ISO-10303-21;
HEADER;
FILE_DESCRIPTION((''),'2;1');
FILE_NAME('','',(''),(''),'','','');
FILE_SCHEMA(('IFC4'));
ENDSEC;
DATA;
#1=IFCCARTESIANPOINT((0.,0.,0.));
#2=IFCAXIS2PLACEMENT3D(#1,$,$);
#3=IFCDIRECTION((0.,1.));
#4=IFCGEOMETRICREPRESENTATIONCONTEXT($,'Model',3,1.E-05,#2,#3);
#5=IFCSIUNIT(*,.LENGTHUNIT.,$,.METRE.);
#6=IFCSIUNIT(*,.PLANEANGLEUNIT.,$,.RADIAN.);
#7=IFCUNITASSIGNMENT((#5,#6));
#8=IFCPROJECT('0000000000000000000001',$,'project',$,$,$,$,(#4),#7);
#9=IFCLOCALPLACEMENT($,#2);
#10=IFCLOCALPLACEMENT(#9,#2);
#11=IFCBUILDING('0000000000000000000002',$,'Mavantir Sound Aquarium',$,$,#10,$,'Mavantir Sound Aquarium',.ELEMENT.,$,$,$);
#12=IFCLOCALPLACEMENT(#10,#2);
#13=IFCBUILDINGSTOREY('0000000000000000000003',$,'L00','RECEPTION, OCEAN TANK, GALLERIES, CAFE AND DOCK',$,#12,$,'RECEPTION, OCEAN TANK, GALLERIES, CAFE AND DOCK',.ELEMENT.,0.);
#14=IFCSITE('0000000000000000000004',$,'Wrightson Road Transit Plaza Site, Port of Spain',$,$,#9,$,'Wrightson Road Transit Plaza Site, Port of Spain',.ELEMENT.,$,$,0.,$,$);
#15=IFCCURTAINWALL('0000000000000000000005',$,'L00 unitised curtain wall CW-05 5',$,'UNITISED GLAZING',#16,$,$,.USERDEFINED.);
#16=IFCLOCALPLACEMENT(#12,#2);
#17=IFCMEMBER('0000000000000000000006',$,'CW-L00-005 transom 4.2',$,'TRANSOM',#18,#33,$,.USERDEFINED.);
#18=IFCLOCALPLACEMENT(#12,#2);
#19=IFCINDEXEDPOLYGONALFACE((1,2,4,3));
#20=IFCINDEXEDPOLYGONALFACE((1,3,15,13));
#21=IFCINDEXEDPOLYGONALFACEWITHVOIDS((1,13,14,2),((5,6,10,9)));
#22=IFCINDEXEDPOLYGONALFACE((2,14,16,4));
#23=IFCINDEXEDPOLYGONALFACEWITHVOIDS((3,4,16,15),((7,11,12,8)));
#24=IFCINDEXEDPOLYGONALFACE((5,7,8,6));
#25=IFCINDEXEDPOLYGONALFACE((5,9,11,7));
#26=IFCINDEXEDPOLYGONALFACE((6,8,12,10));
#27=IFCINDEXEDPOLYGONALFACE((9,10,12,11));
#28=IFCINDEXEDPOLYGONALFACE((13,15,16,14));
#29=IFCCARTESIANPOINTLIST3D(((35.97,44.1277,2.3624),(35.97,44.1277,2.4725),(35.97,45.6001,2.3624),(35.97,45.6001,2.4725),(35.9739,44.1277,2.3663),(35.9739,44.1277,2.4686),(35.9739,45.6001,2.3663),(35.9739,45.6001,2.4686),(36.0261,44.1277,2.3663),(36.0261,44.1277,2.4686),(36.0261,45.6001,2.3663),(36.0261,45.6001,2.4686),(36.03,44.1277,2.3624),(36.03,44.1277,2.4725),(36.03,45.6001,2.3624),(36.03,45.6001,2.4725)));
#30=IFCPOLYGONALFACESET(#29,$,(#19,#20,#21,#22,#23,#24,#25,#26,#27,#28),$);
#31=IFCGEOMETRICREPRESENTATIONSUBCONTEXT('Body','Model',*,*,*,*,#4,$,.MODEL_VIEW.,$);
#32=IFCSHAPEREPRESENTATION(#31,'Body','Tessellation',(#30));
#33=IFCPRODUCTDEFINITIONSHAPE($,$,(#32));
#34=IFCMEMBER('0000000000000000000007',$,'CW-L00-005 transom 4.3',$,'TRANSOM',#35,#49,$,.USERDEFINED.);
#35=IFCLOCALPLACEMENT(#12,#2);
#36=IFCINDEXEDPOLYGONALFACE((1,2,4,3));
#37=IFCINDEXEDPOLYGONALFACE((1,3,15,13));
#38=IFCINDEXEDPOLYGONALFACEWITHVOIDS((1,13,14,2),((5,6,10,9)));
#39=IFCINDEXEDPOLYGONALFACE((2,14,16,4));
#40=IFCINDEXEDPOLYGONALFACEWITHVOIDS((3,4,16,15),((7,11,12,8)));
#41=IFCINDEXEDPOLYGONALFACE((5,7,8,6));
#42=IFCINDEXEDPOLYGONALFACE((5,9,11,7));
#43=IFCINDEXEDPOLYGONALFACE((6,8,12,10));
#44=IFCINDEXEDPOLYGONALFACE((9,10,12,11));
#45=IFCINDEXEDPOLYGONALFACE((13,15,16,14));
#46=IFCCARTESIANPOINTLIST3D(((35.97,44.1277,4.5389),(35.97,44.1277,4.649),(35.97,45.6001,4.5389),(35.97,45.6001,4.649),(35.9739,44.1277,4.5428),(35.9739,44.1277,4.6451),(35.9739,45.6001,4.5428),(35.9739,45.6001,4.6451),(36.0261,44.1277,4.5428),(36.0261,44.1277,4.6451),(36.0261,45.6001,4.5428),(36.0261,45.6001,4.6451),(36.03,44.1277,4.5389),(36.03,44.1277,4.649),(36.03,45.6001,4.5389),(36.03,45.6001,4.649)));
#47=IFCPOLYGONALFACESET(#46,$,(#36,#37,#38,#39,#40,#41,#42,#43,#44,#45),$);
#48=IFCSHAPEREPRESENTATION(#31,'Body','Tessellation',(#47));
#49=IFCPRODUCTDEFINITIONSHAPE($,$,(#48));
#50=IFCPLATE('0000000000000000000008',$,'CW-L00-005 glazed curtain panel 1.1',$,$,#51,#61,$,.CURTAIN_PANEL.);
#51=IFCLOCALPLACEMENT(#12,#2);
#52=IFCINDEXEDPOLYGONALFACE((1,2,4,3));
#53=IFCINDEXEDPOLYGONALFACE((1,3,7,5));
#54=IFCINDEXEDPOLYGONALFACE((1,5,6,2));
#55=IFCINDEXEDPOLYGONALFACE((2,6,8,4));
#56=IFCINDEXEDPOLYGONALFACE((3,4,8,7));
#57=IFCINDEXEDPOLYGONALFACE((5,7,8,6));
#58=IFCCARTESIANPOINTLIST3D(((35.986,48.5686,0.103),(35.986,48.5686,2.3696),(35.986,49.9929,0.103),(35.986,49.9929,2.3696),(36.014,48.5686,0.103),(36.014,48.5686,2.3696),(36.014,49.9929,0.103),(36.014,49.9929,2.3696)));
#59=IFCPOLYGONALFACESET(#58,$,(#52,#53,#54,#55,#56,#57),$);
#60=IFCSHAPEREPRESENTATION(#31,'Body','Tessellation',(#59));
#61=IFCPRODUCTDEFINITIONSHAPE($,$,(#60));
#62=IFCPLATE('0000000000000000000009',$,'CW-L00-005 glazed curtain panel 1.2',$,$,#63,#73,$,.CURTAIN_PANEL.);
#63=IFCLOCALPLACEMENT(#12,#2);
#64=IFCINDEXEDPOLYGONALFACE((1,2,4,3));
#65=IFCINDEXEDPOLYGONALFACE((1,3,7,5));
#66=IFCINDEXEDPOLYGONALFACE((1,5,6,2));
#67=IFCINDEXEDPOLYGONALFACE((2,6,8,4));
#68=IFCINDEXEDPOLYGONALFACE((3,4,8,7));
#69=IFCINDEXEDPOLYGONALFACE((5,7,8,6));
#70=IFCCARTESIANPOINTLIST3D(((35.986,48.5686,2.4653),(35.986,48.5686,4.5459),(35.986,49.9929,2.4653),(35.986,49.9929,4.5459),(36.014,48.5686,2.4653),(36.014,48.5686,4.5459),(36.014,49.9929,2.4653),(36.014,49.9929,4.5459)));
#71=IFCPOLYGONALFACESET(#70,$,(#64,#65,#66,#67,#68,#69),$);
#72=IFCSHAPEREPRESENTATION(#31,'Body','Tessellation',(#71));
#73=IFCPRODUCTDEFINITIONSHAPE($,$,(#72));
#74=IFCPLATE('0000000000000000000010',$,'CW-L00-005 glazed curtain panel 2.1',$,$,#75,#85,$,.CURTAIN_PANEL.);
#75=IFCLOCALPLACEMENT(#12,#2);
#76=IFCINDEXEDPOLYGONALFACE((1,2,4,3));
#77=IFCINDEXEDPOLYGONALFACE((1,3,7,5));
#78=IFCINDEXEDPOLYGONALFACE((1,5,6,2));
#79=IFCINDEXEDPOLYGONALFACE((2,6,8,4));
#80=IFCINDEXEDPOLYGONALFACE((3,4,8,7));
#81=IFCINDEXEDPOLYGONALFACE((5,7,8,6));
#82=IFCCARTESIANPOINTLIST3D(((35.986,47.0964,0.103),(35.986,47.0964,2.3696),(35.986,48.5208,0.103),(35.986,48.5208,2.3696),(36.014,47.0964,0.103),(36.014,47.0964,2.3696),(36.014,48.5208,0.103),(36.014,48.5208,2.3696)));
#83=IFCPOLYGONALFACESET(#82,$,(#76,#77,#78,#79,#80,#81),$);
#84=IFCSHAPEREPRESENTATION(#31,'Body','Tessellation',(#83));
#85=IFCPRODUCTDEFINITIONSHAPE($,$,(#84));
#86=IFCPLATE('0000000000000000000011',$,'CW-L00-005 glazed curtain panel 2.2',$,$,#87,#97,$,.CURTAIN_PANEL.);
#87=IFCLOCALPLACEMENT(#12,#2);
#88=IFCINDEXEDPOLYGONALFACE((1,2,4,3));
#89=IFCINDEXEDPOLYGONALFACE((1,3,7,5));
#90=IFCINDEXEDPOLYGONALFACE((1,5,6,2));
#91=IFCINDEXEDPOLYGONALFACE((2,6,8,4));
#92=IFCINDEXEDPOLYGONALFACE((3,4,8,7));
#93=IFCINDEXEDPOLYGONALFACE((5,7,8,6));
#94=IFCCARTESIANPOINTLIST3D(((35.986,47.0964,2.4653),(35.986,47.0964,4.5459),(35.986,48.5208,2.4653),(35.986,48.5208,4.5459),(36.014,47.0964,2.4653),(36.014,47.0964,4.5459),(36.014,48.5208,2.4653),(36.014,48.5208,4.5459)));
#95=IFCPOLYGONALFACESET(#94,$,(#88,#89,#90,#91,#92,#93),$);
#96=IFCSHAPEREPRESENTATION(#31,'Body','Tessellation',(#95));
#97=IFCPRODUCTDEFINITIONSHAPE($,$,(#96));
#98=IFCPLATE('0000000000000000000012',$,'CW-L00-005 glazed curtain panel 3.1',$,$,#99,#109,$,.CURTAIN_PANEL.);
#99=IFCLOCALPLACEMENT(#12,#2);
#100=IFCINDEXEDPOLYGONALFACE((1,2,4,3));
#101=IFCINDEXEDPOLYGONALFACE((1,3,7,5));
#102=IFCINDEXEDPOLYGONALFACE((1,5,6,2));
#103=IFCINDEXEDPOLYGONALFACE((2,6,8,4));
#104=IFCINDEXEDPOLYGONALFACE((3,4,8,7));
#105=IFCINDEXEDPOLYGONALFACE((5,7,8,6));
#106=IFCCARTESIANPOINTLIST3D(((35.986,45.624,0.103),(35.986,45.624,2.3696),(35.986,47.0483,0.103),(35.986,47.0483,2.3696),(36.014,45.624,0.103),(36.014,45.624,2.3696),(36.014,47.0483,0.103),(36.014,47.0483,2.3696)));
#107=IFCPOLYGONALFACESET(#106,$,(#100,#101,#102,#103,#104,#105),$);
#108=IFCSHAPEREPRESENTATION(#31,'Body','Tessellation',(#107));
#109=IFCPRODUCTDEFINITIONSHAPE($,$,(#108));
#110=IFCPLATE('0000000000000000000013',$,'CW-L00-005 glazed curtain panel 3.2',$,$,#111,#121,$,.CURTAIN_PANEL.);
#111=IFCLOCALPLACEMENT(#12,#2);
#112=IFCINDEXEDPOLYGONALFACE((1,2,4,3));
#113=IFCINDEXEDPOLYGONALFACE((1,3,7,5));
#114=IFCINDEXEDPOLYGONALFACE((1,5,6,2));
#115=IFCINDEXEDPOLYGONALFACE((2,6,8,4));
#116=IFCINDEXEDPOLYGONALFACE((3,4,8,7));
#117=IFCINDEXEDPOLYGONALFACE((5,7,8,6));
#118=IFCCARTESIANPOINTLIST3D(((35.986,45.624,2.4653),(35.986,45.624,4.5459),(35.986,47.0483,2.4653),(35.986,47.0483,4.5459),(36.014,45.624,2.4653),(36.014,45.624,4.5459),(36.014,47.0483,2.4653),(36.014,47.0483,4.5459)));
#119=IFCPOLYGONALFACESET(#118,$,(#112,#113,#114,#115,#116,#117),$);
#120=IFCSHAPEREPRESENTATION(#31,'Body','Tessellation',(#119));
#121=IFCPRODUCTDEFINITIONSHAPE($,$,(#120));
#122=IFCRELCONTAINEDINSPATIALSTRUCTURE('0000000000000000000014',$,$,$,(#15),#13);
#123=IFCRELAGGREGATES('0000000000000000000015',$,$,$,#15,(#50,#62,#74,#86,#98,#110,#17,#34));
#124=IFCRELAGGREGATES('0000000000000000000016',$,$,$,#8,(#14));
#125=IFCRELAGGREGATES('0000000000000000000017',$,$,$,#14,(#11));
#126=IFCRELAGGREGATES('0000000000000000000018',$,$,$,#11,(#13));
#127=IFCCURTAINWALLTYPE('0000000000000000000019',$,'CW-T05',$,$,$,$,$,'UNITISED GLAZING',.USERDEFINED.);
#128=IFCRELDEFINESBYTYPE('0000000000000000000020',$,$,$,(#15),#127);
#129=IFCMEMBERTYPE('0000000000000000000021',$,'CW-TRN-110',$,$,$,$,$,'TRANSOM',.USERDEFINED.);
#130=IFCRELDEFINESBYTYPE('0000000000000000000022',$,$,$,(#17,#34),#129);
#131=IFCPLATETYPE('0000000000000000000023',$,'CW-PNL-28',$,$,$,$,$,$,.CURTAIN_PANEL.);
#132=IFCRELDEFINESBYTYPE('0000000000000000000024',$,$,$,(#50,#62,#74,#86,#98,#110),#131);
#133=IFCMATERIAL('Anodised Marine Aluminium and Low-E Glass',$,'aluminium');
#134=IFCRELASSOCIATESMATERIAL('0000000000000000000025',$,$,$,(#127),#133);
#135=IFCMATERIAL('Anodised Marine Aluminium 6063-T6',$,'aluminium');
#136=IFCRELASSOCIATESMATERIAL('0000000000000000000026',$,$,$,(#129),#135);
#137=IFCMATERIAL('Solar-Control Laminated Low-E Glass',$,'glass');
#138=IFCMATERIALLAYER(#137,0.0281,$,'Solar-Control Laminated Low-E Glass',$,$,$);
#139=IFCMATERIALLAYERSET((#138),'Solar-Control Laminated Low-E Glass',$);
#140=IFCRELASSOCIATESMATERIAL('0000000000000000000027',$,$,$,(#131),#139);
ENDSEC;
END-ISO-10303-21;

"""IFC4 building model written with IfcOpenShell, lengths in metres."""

from ifc_helpers import new_model, si_unit, direction, frame, origin, origin_2d, place, context, subcontext, project, spatial, rectangle, hollow_rectangle, extrude, material, layer, layer_set, material_profile, profile_set, type_object, element, aggregate, save


model = new_model("IFC4")

# Units and contexts
model_context = context("Model", 3, precision=1e-05, world=origin(), true_north=direction((0.0, 1.0)))
body_context = subcontext(model_context, "Body", "Model", "MODEL_VIEW")
ifc_project = project(units=[si_unit("LENGTHUNIT", "METRE"), si_unit("PLANEANGLEUNIT", "RADIAN")], contexts=[model_context])

# Site, building, storey
site_placement = place(None, origin())
site = spatial("IfcSite", under=ifc_project, at=site_placement, Name="Wrightson Road Transit Plaza Site, Port of Spain", LongName="Wrightson Road Transit Plaza Site, Port of Spain", CompositionType="ELEMENT", RefElevation=0.0)
building_placement = place(site_placement, origin())
building = spatial("IfcBuilding", under=site, at=building_placement, Name="Mavantir Sound Aquarium", LongName="Mavantir Sound Aquarium", CompositionType="ELEMENT")
storey_placement = place(building_placement, origin())
storey = spatial("IfcBuildingStorey", under=building, at=storey_placement, Name="L00", Description="RECEPTION, OCEAN TANK, GALLERIES, CAFE AND DOCK", LongName="RECEPTION, OCEAN TANK, GALLERIES, CAFE AND DOCK", CompositionType="ELEMENT", Elevation=0.0)

# Curtain wall, members, plates
ifc_material_1 = material(Name="Anodised Marine Aluminium and Low-E Glass", Category="aluminium")
curtain_wall_type = type_object("IfcCurtainWallType", Name="CW-T05", ElementType="UNITISED GLAZING", PredefinedType="USERDEFINED", material=ifc_material_1)
curtain_wall_placement = place(storey_placement, origin())
curtain_wall = element("IfcCurtainWall", 1, at=curtain_wall_placement, inside=storey, type_object=curtain_wall_type, Name="L00 unitised curtain wall CW-05 5", ObjectType="UNITISED GLAZING", PredefinedType="USERDEFINED")
ifc_material_2 = material(Name="Anodised Marine Aluminium 6063-T6", Category="aluminium")
ifc_material_profile_1 = material_profile(ifc_material_2, hollow_rectangle(XDim=0.0601, YDim=0.1101, WallThickness=0.0039, at=origin_2d()), Name="ALU-TRANSOM-110X60")
ifc_profile_set_1 = profile_set([ifc_material_profile_1], Name="Anodised Marine Aluminium 6063-T6")
member_type_1 = type_object("IfcMemberType", Name="CW-TRN-110", ElementType="TRANSOM", PredefinedType="USERDEFINED", material=ifc_profile_set_1)
member_1_placement = place(storey_placement, frame((36.0, 45.6001, 2.4175), z_axis=(0.0, -1.0, 0.0), x_axis=(1.0, 0.0, 0.0)))
member_1 = element("IfcMember", 2, at=member_1_placement, type_object=member_type_1, Name="CW-L00-005 transom 4.2", ObjectType="TRANSOM", PredefinedType="USERDEFINED", context=body_context, shape_type="SweptSolid", body=[
    extrude(hollow_rectangle(XDim=0.0601, YDim=0.1101, WallThickness=0.0039, at=origin_2d()), origin(), (0.0, 0.0, 1.0), 1.4724),
])
member_2_placement = place(storey_placement, frame((36.0, 45.6001, 4.594), z_axis=(0.0, -1.0, 0.0), x_axis=(1.0, 0.0, 0.0)))
member_2 = element("IfcMember", 3, at=member_2_placement, type_object=member_type_1, Name="CW-L00-005 transom 4.3", ObjectType="TRANSOM", PredefinedType="USERDEFINED", context=body_context, shape_type="SweptSolid", body=[
    extrude(hollow_rectangle(XDim=0.0601, YDim=0.1101, WallThickness=0.0039, at=origin_2d()), origin(), (0.0, 0.0, 1.0), 1.4724),
])
ifc_material_3 = material(Name="Solar-Control Laminated Low-E Glass", Category="glass")
ifc_layer = layer(ifc_material_3, 0.0281, Name="Solar-Control Laminated Low-E Glass")
ifc_layer_set = layer_set([ifc_layer], Name="Solar-Control Laminated Low-E Glass")
plate_type = type_object("IfcPlateType", Name="CW-PNL-28", PredefinedType="CURTAIN_PANEL", material=ifc_layer_set)
plate_1_placement = place(storey_placement, frame((36.0, 49.2808, 0.103), z_axis=(0.0, 0.0, 1.0), x_axis=(0.0, -1.0, 0.0)))
plate_1 = element("IfcPlate", 4, at=plate_1_placement, type_object=plate_type, Name="CW-L00-005 glazed curtain panel 1.1", PredefinedType="CURTAIN_PANEL", context=body_context, shape_type="SweptSolid", body=[
    extrude(rectangle(XDim=1.4243, YDim=0.0281, at=origin_2d()), origin(), (0.0, 0.0, 1.0), 2.2666),
])
plate_2_placement = place(storey_placement, frame((36.0, 49.2808, 2.4653), z_axis=(0.0, 0.0, 1.0), x_axis=(0.0, -1.0, 0.0)))
plate_2 = element("IfcPlate", 5, at=plate_2_placement, type_object=plate_type, Name="CW-L00-005 glazed curtain panel 1.2", PredefinedType="CURTAIN_PANEL", context=body_context, shape_type="SweptSolid", body=[
    extrude(rectangle(XDim=1.4243, YDim=0.0281, at=origin_2d()), origin(), (0.0, 0.0, 1.0), 2.0806),
])
plate_3_placement = place(storey_placement, frame((36.0, 47.8086, 0.103), z_axis=(0.0, 0.0, 1.0), x_axis=(0.0, -1.0, 0.0)))
plate_3 = element("IfcPlate", 6, at=plate_3_placement, type_object=plate_type, Name="CW-L00-005 glazed curtain panel 2.1", PredefinedType="CURTAIN_PANEL", context=body_context, shape_type="SweptSolid", body=[
    extrude(rectangle(XDim=1.4243, YDim=0.0281, at=origin_2d()), origin(), (0.0, 0.0, 1.0), 2.2666),
])
plate_4_placement = place(storey_placement, frame((36.0, 47.8086, 2.4653), z_axis=(0.0, 0.0, 1.0), x_axis=(0.0, -1.0, 0.0)))
plate_4 = element("IfcPlate", 7, at=plate_4_placement, type_object=plate_type, Name="CW-L00-005 glazed curtain panel 2.2", PredefinedType="CURTAIN_PANEL", context=body_context, shape_type="SweptSolid", body=[
    extrude(rectangle(XDim=1.4243, YDim=0.0281, at=origin_2d()), origin(), (0.0, 0.0, 1.0), 2.0806),
])
plate_5_placement = place(storey_placement, frame((36.0, 46.3362, 0.103), z_axis=(0.0, 0.0, 1.0), x_axis=(0.0, -1.0, 0.0)))
plate_5 = element("IfcPlate", 8, at=plate_5_placement, type_object=plate_type, Name="CW-L00-005 glazed curtain panel 3.1", PredefinedType="CURTAIN_PANEL", context=body_context, shape_type="SweptSolid", body=[
    extrude(rectangle(XDim=1.4243, YDim=0.0281, at=origin_2d()), origin(), (0.0, 0.0, 1.0), 2.2666),
])
plate_6_placement = place(storey_placement, frame((36.0, 46.3362, 2.4653), z_axis=(0.0, 0.0, 1.0), x_axis=(0.0, -1.0, 0.0)))
plate_6 = element("IfcPlate", 9, at=plate_6_placement, type_object=plate_type, Name="CW-L00-005 glazed curtain panel 3.2", PredefinedType="CURTAIN_PANEL", context=body_context, shape_type="SweptSolid", body=[
    extrude(rectangle(XDim=1.4243, YDim=0.0281, at=origin_2d()), origin(), (0.0, 0.0, 1.0), 2.0806),
])
aggregate(curtain_wall, [plate_1, plate_2, plate_3, plate_4, plate_5, plate_6, member_1, member_2])

save(model, "model.ifc")
